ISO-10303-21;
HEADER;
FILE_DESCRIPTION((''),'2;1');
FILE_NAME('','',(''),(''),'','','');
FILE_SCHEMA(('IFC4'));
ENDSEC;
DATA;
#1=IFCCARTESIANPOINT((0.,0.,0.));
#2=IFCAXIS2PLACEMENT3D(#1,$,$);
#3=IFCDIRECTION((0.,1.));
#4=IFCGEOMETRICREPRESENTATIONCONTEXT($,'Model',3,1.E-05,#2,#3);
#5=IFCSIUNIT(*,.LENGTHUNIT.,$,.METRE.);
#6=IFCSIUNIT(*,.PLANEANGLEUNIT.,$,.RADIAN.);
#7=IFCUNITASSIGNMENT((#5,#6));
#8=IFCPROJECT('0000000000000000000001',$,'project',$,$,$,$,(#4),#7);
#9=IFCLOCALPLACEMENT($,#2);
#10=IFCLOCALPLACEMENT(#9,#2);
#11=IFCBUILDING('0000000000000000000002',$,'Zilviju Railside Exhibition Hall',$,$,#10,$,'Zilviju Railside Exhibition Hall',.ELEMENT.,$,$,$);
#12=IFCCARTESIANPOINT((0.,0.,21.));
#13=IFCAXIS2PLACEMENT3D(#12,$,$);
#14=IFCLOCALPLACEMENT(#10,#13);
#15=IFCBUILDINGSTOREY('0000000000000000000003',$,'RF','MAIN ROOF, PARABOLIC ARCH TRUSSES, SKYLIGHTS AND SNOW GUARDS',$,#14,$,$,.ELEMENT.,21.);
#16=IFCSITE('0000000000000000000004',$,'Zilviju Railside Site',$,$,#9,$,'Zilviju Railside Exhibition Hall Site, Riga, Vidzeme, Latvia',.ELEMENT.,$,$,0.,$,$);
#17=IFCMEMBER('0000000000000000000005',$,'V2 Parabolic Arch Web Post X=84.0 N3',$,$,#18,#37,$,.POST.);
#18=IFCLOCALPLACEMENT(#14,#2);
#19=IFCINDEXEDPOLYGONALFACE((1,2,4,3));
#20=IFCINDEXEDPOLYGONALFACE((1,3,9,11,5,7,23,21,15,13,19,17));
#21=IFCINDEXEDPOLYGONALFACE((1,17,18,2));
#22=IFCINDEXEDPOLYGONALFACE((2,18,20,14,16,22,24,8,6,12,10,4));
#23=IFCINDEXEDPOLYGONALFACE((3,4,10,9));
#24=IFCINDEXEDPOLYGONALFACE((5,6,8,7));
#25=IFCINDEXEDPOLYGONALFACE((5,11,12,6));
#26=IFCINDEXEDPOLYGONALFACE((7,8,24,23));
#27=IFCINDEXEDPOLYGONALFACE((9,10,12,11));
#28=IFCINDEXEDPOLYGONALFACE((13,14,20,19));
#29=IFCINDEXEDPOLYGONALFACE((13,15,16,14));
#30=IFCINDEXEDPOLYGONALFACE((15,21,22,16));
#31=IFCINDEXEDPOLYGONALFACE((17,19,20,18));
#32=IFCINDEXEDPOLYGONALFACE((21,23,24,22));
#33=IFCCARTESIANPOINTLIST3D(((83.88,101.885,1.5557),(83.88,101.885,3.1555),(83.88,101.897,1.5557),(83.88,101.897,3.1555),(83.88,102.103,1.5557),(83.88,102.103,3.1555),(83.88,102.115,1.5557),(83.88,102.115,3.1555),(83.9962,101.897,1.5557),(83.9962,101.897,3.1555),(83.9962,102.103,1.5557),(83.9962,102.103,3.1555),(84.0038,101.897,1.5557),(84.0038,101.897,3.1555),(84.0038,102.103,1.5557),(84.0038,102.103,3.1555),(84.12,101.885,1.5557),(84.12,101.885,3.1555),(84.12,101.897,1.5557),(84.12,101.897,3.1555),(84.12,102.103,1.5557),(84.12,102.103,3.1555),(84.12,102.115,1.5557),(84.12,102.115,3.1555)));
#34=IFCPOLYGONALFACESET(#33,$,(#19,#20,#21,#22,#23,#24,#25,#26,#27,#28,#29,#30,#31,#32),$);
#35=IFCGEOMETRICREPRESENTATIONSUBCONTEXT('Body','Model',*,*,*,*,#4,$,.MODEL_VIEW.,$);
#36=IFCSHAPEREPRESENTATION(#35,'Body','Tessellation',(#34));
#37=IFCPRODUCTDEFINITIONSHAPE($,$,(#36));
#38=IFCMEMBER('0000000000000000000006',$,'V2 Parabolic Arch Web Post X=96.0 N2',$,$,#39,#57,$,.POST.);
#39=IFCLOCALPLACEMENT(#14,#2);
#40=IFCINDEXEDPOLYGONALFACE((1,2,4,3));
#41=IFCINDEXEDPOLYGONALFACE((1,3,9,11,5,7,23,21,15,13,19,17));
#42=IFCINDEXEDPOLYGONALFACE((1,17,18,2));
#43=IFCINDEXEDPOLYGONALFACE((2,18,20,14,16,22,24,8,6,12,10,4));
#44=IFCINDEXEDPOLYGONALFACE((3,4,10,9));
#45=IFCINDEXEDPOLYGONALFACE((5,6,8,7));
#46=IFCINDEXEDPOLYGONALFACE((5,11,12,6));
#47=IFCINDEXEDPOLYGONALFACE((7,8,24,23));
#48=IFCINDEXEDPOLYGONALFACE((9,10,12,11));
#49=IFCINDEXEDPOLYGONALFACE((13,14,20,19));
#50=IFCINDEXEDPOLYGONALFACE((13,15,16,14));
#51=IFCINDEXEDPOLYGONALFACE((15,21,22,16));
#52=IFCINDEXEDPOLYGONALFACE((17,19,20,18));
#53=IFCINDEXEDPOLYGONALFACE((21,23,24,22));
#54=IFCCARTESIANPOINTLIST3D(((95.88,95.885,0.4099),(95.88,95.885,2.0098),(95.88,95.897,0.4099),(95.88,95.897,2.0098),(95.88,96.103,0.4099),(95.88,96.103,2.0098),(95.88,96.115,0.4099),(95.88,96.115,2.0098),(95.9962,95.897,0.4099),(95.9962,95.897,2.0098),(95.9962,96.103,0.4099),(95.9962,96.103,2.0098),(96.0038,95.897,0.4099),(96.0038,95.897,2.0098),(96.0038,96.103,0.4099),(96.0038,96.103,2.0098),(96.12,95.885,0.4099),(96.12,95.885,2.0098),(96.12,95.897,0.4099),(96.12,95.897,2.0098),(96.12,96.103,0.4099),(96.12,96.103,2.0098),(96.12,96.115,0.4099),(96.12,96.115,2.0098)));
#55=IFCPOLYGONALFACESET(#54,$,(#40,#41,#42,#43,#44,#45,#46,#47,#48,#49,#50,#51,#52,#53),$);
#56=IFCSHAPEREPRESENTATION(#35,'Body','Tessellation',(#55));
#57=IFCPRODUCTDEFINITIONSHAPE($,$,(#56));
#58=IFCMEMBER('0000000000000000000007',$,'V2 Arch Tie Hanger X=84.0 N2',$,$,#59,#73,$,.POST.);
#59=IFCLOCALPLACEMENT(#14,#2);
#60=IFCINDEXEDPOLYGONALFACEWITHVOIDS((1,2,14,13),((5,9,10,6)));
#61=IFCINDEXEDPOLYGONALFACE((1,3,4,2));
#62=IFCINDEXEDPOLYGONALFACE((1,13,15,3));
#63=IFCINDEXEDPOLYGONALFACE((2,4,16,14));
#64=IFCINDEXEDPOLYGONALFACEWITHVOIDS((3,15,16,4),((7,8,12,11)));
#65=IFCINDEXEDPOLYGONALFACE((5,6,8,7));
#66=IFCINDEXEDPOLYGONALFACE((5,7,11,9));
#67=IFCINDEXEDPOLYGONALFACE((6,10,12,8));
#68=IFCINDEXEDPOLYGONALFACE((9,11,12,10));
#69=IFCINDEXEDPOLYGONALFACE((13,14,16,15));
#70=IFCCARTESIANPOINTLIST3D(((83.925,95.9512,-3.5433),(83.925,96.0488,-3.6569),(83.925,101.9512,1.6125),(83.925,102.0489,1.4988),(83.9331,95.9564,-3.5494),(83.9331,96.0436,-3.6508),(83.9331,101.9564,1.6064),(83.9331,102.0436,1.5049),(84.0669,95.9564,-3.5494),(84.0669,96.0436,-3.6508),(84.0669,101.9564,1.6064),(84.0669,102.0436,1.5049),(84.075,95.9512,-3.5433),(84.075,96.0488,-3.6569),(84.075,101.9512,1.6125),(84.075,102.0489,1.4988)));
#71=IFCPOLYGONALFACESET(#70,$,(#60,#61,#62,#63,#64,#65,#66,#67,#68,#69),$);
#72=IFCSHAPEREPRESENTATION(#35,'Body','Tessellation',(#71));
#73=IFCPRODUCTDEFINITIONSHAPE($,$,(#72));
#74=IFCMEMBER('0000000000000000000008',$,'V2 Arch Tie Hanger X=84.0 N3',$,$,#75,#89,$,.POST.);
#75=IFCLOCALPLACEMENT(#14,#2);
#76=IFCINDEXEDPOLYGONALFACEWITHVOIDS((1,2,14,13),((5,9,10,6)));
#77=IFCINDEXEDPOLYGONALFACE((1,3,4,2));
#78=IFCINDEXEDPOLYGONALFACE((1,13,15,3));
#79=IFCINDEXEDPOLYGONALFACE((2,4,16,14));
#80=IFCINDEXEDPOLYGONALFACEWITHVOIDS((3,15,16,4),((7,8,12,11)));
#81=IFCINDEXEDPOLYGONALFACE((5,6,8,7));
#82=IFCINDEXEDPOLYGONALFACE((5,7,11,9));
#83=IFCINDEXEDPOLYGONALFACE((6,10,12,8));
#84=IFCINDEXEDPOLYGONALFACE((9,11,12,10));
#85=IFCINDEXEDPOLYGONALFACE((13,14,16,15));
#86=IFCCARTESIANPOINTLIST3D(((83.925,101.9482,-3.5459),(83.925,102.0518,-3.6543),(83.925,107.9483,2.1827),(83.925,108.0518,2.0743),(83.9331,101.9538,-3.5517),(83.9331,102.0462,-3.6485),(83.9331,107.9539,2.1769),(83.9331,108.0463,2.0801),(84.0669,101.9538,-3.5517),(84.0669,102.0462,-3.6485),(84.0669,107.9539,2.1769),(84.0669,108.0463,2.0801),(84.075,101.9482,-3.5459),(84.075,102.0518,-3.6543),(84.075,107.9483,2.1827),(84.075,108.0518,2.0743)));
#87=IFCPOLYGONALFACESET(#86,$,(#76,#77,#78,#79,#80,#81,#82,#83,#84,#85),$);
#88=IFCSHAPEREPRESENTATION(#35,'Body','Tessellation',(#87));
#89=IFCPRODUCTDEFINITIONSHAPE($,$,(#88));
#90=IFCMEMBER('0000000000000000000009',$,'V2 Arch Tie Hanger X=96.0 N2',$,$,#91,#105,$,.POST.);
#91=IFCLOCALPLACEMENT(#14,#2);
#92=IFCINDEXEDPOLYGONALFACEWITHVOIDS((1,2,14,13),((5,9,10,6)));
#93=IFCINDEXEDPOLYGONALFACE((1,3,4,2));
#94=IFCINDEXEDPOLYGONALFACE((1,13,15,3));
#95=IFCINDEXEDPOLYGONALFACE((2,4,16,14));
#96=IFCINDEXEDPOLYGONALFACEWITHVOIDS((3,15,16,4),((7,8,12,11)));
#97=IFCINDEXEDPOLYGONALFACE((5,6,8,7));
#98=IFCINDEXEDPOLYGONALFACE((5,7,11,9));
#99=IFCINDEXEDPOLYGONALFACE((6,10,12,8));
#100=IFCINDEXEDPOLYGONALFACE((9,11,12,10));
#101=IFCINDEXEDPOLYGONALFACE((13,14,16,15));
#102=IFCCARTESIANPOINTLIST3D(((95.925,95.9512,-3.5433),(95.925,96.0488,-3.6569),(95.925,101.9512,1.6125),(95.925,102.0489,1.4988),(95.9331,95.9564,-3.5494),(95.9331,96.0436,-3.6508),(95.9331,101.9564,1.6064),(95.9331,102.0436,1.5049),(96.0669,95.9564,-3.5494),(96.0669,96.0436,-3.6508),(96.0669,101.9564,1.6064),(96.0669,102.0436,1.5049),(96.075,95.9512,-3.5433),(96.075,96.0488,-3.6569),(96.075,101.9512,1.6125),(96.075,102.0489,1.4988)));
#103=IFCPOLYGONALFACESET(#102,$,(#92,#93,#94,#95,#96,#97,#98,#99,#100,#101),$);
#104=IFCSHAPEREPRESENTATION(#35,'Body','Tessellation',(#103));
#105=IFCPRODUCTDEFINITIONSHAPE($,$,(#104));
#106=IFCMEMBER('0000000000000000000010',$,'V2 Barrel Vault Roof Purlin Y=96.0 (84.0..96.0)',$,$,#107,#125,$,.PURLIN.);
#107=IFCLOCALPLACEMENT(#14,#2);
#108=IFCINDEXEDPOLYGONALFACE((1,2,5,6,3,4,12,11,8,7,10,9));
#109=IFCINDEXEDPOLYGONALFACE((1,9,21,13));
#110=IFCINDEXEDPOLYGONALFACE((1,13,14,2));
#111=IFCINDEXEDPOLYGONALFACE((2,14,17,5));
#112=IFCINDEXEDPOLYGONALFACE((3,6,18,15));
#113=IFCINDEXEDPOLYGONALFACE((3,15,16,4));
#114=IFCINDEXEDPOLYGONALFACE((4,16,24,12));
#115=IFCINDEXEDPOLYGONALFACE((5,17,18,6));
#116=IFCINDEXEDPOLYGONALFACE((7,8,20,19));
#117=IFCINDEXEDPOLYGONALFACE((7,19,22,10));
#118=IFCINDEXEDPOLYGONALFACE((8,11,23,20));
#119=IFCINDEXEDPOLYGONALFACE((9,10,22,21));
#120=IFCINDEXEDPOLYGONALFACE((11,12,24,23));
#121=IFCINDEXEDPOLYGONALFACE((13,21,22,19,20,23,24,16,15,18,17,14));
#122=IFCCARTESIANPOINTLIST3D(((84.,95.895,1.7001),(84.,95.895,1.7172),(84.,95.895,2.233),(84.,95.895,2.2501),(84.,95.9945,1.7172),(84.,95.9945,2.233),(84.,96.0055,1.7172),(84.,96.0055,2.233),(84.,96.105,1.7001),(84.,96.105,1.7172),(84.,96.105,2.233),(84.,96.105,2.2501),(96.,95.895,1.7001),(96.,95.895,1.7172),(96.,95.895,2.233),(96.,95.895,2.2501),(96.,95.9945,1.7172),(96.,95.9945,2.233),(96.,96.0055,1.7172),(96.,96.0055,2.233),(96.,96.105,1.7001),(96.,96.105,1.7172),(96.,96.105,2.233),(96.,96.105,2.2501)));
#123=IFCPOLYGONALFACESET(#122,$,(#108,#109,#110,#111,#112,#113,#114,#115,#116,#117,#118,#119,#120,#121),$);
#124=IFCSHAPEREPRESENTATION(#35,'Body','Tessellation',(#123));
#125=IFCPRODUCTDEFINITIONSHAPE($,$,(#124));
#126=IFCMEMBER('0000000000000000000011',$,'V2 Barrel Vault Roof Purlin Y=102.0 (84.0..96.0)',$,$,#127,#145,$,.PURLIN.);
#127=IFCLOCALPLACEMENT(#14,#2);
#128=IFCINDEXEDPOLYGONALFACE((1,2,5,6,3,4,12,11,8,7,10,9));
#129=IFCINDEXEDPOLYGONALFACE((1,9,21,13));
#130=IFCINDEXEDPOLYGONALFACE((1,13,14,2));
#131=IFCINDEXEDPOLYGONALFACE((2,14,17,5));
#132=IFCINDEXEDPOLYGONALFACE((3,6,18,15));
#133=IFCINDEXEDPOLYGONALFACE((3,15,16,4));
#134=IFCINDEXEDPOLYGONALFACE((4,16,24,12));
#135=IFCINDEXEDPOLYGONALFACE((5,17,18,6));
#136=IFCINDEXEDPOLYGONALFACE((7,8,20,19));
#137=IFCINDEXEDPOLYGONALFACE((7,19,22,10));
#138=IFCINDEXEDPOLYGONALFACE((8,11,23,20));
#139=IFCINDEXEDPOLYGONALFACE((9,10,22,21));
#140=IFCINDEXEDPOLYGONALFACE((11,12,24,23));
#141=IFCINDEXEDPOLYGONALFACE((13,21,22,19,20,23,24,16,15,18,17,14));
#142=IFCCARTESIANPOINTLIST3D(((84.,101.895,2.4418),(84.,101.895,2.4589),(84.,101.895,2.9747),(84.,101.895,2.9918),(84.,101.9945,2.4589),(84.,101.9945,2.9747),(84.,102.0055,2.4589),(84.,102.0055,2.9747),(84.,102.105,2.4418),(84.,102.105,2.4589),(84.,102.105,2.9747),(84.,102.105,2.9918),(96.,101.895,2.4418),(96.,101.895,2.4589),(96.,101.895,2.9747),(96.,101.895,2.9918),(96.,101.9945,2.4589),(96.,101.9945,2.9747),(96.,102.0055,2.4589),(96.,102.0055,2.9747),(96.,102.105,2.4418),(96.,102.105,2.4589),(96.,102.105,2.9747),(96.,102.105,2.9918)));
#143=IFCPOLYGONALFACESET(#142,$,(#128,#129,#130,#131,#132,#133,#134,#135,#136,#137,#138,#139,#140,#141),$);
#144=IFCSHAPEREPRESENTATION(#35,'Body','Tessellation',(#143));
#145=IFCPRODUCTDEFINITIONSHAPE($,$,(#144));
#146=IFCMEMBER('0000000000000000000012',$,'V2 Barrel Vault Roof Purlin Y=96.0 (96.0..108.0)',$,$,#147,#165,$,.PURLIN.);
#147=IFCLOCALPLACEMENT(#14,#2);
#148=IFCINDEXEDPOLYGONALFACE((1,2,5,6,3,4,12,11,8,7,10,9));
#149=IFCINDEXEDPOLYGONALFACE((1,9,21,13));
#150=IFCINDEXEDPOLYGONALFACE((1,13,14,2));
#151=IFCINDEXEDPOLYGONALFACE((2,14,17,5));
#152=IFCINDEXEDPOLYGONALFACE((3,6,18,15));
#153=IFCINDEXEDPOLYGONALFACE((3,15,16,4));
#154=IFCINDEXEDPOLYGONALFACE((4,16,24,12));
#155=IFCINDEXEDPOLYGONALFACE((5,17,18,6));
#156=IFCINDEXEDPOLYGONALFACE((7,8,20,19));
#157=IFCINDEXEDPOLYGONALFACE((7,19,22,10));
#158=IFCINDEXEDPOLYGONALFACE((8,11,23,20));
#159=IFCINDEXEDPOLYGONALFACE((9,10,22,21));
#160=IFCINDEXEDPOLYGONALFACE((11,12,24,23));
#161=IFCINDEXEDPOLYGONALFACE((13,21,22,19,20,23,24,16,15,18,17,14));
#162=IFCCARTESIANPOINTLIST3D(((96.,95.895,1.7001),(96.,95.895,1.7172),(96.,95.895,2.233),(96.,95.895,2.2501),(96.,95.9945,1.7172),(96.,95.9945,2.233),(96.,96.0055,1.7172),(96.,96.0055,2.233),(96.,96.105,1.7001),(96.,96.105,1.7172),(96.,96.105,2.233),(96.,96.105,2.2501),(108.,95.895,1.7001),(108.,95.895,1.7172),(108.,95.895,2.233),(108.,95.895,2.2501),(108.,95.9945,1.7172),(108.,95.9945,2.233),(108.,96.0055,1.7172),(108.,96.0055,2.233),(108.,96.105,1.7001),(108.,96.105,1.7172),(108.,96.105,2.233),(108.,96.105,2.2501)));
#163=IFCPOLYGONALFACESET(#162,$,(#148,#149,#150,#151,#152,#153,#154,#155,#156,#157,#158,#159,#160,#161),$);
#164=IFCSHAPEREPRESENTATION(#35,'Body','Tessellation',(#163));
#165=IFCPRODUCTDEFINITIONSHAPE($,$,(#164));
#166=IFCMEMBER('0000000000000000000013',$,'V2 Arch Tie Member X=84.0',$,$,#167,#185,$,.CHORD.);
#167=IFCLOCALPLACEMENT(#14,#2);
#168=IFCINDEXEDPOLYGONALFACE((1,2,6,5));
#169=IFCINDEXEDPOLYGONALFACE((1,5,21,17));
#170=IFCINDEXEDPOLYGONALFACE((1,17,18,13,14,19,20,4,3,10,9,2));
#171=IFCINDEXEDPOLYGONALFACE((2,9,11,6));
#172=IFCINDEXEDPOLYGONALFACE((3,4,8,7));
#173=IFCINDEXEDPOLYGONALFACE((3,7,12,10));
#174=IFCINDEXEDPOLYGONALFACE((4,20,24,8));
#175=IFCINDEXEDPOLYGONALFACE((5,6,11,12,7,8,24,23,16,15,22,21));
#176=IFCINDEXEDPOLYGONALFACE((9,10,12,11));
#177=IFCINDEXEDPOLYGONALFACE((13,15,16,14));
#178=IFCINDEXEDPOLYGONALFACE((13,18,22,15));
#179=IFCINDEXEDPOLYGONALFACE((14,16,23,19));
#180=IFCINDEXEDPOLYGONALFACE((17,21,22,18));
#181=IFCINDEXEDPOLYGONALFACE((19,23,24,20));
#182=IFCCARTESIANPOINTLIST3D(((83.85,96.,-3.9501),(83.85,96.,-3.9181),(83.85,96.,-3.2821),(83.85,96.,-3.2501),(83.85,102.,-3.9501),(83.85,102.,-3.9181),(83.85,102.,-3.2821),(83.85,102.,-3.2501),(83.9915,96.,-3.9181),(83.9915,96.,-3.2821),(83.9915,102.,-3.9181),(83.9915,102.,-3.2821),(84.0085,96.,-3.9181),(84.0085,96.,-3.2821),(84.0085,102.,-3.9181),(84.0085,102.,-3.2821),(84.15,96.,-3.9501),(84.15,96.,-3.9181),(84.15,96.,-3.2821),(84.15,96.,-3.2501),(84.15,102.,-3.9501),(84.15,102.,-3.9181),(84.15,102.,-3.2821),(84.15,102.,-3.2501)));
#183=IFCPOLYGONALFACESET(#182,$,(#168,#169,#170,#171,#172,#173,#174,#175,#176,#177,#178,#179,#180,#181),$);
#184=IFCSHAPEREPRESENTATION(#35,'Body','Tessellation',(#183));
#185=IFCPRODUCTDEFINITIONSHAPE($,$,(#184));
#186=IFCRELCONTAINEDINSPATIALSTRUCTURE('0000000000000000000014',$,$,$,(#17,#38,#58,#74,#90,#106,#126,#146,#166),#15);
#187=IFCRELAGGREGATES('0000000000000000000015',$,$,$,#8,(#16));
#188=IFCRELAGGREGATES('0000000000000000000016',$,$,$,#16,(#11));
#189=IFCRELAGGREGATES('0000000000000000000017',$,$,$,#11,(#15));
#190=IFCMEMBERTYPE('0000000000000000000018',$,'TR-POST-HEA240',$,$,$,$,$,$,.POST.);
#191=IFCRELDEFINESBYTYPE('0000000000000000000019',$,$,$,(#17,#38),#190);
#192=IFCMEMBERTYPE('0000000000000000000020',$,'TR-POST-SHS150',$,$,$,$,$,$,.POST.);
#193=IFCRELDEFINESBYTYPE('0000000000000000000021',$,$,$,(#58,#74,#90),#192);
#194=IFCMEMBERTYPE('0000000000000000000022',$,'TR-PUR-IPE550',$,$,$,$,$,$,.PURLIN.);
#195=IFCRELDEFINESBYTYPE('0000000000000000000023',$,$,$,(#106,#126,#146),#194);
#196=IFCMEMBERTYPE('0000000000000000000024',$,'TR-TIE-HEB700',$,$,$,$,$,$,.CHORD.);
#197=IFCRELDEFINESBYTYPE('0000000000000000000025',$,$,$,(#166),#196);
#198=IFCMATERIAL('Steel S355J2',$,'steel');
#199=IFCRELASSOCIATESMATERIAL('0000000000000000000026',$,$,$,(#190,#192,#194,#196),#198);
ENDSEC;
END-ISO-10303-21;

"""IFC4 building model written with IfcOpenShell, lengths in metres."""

from ifc_helpers import new_model, si_unit, direction, frame, origin, origin_2d, place, context, subcontext, project, spatial, hollow_rectangle, i_section, extrude, material, material_profile, profile_set, type_object, element, save


model = new_model("IFC4")

# Units and contexts
model_context = context("Model", 3, precision=1e-05, world=origin(), true_north=direction((0.0, 1.0)))
body_context = subcontext(model_context, "Body", "Model", "MODEL_VIEW")
ifc_project = project(units=[si_unit("LENGTHUNIT", "METRE"), si_unit("PLANEANGLEUNIT", "RADIAN")], contexts=[model_context])

# Site, building, storey
site_placement = place(None, origin())
site = spatial("IfcSite", under=ifc_project, at=site_placement, Name="Zilviju Railside Site", LongName="Zilviju Railside Exhibition Hall Site, Riga, Vidzeme, Latvia", CompositionType="ELEMENT", RefElevation=0.0)
building_placement = place(site_placement, origin())
building = spatial("IfcBuilding", under=site, at=building_placement, Name="Zilviju Railside Exhibition Hall", LongName="Zilviju Railside Exhibition Hall", CompositionType="ELEMENT")
storey_placement = place(building_placement, frame((0.0, 0.0, 21.0)))
storey = spatial("IfcBuildingStorey", under=building, at=storey_placement, Name="RF", Description="MAIN ROOF, PARABOLIC ARCH TRUSSES, SKYLIGHTS AND SNOW GUARDS", CompositionType="ELEMENT", Elevation=21.0)

# Members
ifc_material_1 = material(Name="Steel S355J2", Category="steel")
ifc_material_profile_1 = material_profile(ifc_material_1, i_section(OverallWidth=0.24, OverallDepth=0.23, WebThickness=0.0076, FlangeThickness=0.012, at=origin_2d()), Name="HEA 240")
ifc_profile_set_1 = profile_set([ifc_material_profile_1], Name="Steel S355J2")
member_type_1 = type_object("IfcMemberType", Name="TR-POST-HEA240", PredefinedType="POST", material=ifc_profile_set_1)
for number, where, z_axis, x_axis, name in (
    (1, (84.0, 102.0, 1.5557), (0.0, 0.0, 1.0), (1.0, 0.0, 0.0), "V2 Parabolic Arch Web Post X=84.0 N3"),
    (2, (96.0, 96.0, 0.4099), (0.0, 0.0, 1.0), (1.0, 0.0, 0.0), "V2 Parabolic Arch Web Post X=96.0 N2"),
):
    element("IfcMember", number, at=place(storey_placement, frame(where, z_axis=z_axis, x_axis=x_axis)), inside=storey, type_object=member_type_1, Name=name, PredefinedType="POST", context=body_context, shape_type="SweptSolid", body=[
        extrude(i_section(OverallWidth=0.24, OverallDepth=0.23, WebThickness=0.0076, FlangeThickness=0.012, at=origin_2d()), origin(), (0.0, 0.0, 1.0), 1.5999),
    ])
ifc_material_profile_2 = material_profile(ifc_material_1, hollow_rectangle(XDim=0.1499, YDim=0.1499, WallThickness=0.0081, at=origin_2d()), Name="SHS 150x150x8.0")
ifc_profile_set_2 = profile_set([ifc_material_profile_2], Name="Steel S355J2")
member_type_2 = type_object("IfcMemberType", Name="TR-POST-SHS150", PredefinedType="POST", material=ifc_profile_set_2)
member_1_placement = place(storey_placement, frame((84.0, 96.0, -3.6001), z_axis=(0.0, 0.75845, 0.651731), x_axis=(-1.0, 0.0, 0.0)))
element("IfcMember", 3, at=member_1_placement, inside=storey, type_object=member_type_2, Name="V2 Arch Tie Hanger X=84.0 N2", PredefinedType="POST", context=body_context, shape_type="SweptSolid", body=[
    extrude(hollow_rectangle(XDim=0.1499, YDim=0.1499, WallThickness=0.0081, at=origin_2d()), origin(), (0.0, 0.0, 1.0), 7.9109),
])
member_2_placement = place(storey_placement, frame((84.0, 102.0, -3.6001), z_axis=(0.0, 0.723281, 0.690554), x_axis=(-1.0, 0.0, 0.0)))
element("IfcMember", 4, at=member_2_placement, inside=storey, type_object=member_type_2, Name="V2 Arch Tie Hanger X=84.0 N3", PredefinedType="POST", context=body_context, shape_type="SweptSolid", body=[
    extrude(hollow_rectangle(XDim=0.1499, YDim=0.1499, WallThickness=0.0081, at=origin_2d()), origin(), (0.0, 0.0, 1.0), 8.2957),
])
member_3_placement = place(storey_placement, frame((96.0, 96.0, -3.6001), z_axis=(0.0, 0.75845, 0.651731), x_axis=(-1.0, 0.0, 0.0)))
element("IfcMember", 5, at=member_3_placement, inside=storey, type_object=member_type_2, Name="V2 Arch Tie Hanger X=96.0 N2", PredefinedType="POST", context=body_context, shape_type="SweptSolid", body=[
    extrude(hollow_rectangle(XDim=0.1499, YDim=0.1499, WallThickness=0.0081, at=origin_2d()), origin(), (0.0, 0.0, 1.0), 7.9109),
])
ifc_material_profile_3 = material_profile(ifc_material_1, i_section(OverallWidth=0.21, OverallDepth=0.55, WebThickness=0.011, FlangeThickness=0.0171, at=origin_2d()), Name="IPE 550")
ifc_profile_set_3 = profile_set([ifc_material_profile_3], Name="Steel S355J2")
member_type_3 = type_object("IfcMemberType", Name="TR-PUR-IPE550", PredefinedType="PURLIN", material=ifc_profile_set_3)
for number, where, z_axis, x_axis, name in (
    (6, (84.0, 96.0, 1.9751), (1.0, 0.0, 0.0), (0.0, 1.0, 0.0), "V2 Barrel Vault Roof Purlin Y=96.0 (84.0..96.0)"),
    (7, (84.0, 102.0, 2.7168), (1.0, 0.0, 0.0), (0.0, 1.0, 0.0), "V2 Barrel Vault Roof Purlin Y=102.0 (84.0..96.0)"),
    (8, (96.0, 96.0, 1.9751), (1.0, 0.0, 0.0), (0.0, 1.0, 0.0), "V2 Barrel Vault Roof Purlin Y=96.0 (96.0..108.0)"),
):
    element("IfcMember", number, at=place(storey_placement, frame(where, z_axis=z_axis, x_axis=x_axis)), inside=storey, type_object=member_type_3, Name=name, PredefinedType="PURLIN", context=body_context, shape_type="SweptSolid", body=[
        extrude(i_section(OverallWidth=0.21, OverallDepth=0.55, WebThickness=0.011, FlangeThickness=0.0171, at=origin_2d()), origin(), (0.0, 0.0, 1.0), 12.0),
    ])
ifc_material_profile_4 = material_profile(ifc_material_1, i_section(OverallWidth=0.3, OverallDepth=0.7, WebThickness=0.0171, FlangeThickness=0.032, at=origin_2d()), Name="HEB 700")
ifc_profile_set_4 = profile_set([ifc_material_profile_4], Name="Steel S355J2")
member_type_4 = type_object("IfcMemberType", Name="TR-TIE-HEB700", PredefinedType="CHORD", material=ifc_profile_set_4)
for number, where, z_axis, x_axis, name in (
    (9, (84.0, 96.0, -3.6001), (0.0, 1.0, 0.0), (-1.0, 0.0, 0.0), "V2 Arch Tie Member X=84.0"),
):
    element("IfcMember", number, at=place(storey_placement, frame(where, z_axis=z_axis, x_axis=x_axis)), inside=storey, type_object=member_type_4, Name=name, PredefinedType="CHORD", context=body_context, shape_type="SweptSolid", body=[
        extrude(i_section(OverallWidth=0.3, OverallDepth=0.7, WebThickness=0.0171, FlangeThickness=0.032, at=origin_2d()), origin(), (0.0, 0.0, 1.0), 6.0),
    ])

save(model, "model.ifc")
